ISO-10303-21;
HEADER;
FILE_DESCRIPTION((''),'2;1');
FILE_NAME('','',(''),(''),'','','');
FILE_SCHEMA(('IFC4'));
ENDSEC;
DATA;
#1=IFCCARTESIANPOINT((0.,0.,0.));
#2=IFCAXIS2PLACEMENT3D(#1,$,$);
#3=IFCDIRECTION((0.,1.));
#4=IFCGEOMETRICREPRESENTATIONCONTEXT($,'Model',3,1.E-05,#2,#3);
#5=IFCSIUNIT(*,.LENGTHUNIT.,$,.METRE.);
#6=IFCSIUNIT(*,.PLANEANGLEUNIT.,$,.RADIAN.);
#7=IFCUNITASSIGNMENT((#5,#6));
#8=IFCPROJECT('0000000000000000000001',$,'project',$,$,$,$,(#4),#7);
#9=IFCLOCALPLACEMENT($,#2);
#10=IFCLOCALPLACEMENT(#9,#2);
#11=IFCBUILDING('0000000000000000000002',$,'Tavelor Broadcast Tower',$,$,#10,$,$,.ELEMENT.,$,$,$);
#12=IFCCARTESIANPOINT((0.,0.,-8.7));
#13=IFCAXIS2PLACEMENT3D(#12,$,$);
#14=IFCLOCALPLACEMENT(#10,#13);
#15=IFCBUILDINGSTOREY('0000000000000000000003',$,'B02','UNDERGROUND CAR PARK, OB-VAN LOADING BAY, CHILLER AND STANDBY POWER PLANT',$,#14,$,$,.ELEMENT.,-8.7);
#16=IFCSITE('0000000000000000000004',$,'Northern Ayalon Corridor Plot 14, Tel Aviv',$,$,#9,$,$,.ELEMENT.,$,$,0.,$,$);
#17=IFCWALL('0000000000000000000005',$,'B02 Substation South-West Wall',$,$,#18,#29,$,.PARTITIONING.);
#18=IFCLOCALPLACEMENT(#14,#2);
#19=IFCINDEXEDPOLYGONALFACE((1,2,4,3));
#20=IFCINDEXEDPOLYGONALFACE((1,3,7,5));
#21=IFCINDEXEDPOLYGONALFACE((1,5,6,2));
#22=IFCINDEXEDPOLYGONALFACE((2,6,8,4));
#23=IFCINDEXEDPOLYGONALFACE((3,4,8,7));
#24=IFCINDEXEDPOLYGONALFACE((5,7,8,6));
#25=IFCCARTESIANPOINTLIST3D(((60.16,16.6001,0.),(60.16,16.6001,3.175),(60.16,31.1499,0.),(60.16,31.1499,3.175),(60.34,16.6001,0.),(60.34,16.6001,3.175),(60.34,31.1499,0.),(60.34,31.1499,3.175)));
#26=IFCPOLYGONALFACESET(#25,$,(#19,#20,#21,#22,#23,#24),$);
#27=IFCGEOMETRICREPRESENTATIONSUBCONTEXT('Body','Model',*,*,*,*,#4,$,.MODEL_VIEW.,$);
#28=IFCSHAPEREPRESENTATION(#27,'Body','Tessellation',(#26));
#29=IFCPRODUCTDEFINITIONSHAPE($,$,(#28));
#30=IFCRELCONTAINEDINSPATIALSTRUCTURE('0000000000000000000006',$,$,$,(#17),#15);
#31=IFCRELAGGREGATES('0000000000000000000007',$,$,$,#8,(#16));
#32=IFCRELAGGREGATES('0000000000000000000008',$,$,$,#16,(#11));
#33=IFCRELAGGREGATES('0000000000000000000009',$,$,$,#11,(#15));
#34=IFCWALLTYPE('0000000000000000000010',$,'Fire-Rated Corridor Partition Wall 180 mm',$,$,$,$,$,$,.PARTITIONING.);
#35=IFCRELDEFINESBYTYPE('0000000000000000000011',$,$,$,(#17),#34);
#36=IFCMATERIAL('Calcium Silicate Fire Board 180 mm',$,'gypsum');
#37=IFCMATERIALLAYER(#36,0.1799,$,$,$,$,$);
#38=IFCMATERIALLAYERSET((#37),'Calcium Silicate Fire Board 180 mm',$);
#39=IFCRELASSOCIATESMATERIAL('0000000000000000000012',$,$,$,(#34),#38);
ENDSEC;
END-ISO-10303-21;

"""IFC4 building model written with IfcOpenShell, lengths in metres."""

from ifc_helpers import new_model, si_unit, direction, frame, frame_2d, origin, place, context, subcontext, project, spatial, rectangle, extrude, material, layer, layer_set, type_object, element, save


model = new_model("IFC4")

# Units and contexts
model_context = context("Model", 3, precision=1e-05, world=origin(), true_north=direction((0.0, 1.0)))
body_context = subcontext(model_context, "Body", "Model", "MODEL_VIEW")
ifc_project = project(units=[si_unit("LENGTHUNIT", "METRE"), si_unit("PLANEANGLEUNIT", "RADIAN")], contexts=[model_context])

# Site, building, storey
site_placement = place(None, origin())
site = spatial("IfcSite", under=ifc_project, at=site_placement, Name="Northern Ayalon Corridor Plot 14, Tel Aviv", CompositionType="ELEMENT", RefElevation=0.0)
building_placement = place(site_placement, origin())
building = spatial("IfcBuilding", under=site, at=building_placement, Name="Tavelor Broadcast Tower", CompositionType="ELEMENT")
storey_placement = place(building_placement, frame((0.0, 0.0, -8.7)))
storey = spatial("IfcBuildingStorey", under=building, at=storey_placement, Name="B02", Description="UNDERGROUND CAR PARK, OB-VAN LOADING BAY, CHILLER AND STANDBY POWER PLANT", CompositionType="ELEMENT", Elevation=-8.7)

# Wall
ifc_material_1 = material(Name="Calcium Silicate Fire Board 180 mm", Category="gypsum")
ifc_layer_1 = layer(ifc_material_1, 0.1799)
ifc_layer_set_1 = layer_set([ifc_layer_1], Name="Calcium Silicate Fire Board 180 mm")
wall_type = type_object("IfcWallType", Name="Fire-Rated Corridor Partition Wall 180 mm", PredefinedType="PARTITIONING", material=ifc_layer_set_1)
wall_1_placement = place(storey_placement, frame((60.25, 16.6001, 0.0), z_axis=(0.0, 0.0, 1.0), x_axis=(0.0, 1.0, 0.0)))
element("IfcWall", 1, at=wall_1_placement, inside=storey, type_object=wall_type, Name="B02 Substation South-West Wall", PredefinedType="PARTITIONING", context=body_context, shape_type="SweptSolid", body=[
    extrude(rectangle(XDim=14.5498, YDim=0.1799, at=frame_2d((7.2749, 0.0))), origin(), (0.0, 0.0, 1.0), 3.175),
])

save(model, "model.ifc")
